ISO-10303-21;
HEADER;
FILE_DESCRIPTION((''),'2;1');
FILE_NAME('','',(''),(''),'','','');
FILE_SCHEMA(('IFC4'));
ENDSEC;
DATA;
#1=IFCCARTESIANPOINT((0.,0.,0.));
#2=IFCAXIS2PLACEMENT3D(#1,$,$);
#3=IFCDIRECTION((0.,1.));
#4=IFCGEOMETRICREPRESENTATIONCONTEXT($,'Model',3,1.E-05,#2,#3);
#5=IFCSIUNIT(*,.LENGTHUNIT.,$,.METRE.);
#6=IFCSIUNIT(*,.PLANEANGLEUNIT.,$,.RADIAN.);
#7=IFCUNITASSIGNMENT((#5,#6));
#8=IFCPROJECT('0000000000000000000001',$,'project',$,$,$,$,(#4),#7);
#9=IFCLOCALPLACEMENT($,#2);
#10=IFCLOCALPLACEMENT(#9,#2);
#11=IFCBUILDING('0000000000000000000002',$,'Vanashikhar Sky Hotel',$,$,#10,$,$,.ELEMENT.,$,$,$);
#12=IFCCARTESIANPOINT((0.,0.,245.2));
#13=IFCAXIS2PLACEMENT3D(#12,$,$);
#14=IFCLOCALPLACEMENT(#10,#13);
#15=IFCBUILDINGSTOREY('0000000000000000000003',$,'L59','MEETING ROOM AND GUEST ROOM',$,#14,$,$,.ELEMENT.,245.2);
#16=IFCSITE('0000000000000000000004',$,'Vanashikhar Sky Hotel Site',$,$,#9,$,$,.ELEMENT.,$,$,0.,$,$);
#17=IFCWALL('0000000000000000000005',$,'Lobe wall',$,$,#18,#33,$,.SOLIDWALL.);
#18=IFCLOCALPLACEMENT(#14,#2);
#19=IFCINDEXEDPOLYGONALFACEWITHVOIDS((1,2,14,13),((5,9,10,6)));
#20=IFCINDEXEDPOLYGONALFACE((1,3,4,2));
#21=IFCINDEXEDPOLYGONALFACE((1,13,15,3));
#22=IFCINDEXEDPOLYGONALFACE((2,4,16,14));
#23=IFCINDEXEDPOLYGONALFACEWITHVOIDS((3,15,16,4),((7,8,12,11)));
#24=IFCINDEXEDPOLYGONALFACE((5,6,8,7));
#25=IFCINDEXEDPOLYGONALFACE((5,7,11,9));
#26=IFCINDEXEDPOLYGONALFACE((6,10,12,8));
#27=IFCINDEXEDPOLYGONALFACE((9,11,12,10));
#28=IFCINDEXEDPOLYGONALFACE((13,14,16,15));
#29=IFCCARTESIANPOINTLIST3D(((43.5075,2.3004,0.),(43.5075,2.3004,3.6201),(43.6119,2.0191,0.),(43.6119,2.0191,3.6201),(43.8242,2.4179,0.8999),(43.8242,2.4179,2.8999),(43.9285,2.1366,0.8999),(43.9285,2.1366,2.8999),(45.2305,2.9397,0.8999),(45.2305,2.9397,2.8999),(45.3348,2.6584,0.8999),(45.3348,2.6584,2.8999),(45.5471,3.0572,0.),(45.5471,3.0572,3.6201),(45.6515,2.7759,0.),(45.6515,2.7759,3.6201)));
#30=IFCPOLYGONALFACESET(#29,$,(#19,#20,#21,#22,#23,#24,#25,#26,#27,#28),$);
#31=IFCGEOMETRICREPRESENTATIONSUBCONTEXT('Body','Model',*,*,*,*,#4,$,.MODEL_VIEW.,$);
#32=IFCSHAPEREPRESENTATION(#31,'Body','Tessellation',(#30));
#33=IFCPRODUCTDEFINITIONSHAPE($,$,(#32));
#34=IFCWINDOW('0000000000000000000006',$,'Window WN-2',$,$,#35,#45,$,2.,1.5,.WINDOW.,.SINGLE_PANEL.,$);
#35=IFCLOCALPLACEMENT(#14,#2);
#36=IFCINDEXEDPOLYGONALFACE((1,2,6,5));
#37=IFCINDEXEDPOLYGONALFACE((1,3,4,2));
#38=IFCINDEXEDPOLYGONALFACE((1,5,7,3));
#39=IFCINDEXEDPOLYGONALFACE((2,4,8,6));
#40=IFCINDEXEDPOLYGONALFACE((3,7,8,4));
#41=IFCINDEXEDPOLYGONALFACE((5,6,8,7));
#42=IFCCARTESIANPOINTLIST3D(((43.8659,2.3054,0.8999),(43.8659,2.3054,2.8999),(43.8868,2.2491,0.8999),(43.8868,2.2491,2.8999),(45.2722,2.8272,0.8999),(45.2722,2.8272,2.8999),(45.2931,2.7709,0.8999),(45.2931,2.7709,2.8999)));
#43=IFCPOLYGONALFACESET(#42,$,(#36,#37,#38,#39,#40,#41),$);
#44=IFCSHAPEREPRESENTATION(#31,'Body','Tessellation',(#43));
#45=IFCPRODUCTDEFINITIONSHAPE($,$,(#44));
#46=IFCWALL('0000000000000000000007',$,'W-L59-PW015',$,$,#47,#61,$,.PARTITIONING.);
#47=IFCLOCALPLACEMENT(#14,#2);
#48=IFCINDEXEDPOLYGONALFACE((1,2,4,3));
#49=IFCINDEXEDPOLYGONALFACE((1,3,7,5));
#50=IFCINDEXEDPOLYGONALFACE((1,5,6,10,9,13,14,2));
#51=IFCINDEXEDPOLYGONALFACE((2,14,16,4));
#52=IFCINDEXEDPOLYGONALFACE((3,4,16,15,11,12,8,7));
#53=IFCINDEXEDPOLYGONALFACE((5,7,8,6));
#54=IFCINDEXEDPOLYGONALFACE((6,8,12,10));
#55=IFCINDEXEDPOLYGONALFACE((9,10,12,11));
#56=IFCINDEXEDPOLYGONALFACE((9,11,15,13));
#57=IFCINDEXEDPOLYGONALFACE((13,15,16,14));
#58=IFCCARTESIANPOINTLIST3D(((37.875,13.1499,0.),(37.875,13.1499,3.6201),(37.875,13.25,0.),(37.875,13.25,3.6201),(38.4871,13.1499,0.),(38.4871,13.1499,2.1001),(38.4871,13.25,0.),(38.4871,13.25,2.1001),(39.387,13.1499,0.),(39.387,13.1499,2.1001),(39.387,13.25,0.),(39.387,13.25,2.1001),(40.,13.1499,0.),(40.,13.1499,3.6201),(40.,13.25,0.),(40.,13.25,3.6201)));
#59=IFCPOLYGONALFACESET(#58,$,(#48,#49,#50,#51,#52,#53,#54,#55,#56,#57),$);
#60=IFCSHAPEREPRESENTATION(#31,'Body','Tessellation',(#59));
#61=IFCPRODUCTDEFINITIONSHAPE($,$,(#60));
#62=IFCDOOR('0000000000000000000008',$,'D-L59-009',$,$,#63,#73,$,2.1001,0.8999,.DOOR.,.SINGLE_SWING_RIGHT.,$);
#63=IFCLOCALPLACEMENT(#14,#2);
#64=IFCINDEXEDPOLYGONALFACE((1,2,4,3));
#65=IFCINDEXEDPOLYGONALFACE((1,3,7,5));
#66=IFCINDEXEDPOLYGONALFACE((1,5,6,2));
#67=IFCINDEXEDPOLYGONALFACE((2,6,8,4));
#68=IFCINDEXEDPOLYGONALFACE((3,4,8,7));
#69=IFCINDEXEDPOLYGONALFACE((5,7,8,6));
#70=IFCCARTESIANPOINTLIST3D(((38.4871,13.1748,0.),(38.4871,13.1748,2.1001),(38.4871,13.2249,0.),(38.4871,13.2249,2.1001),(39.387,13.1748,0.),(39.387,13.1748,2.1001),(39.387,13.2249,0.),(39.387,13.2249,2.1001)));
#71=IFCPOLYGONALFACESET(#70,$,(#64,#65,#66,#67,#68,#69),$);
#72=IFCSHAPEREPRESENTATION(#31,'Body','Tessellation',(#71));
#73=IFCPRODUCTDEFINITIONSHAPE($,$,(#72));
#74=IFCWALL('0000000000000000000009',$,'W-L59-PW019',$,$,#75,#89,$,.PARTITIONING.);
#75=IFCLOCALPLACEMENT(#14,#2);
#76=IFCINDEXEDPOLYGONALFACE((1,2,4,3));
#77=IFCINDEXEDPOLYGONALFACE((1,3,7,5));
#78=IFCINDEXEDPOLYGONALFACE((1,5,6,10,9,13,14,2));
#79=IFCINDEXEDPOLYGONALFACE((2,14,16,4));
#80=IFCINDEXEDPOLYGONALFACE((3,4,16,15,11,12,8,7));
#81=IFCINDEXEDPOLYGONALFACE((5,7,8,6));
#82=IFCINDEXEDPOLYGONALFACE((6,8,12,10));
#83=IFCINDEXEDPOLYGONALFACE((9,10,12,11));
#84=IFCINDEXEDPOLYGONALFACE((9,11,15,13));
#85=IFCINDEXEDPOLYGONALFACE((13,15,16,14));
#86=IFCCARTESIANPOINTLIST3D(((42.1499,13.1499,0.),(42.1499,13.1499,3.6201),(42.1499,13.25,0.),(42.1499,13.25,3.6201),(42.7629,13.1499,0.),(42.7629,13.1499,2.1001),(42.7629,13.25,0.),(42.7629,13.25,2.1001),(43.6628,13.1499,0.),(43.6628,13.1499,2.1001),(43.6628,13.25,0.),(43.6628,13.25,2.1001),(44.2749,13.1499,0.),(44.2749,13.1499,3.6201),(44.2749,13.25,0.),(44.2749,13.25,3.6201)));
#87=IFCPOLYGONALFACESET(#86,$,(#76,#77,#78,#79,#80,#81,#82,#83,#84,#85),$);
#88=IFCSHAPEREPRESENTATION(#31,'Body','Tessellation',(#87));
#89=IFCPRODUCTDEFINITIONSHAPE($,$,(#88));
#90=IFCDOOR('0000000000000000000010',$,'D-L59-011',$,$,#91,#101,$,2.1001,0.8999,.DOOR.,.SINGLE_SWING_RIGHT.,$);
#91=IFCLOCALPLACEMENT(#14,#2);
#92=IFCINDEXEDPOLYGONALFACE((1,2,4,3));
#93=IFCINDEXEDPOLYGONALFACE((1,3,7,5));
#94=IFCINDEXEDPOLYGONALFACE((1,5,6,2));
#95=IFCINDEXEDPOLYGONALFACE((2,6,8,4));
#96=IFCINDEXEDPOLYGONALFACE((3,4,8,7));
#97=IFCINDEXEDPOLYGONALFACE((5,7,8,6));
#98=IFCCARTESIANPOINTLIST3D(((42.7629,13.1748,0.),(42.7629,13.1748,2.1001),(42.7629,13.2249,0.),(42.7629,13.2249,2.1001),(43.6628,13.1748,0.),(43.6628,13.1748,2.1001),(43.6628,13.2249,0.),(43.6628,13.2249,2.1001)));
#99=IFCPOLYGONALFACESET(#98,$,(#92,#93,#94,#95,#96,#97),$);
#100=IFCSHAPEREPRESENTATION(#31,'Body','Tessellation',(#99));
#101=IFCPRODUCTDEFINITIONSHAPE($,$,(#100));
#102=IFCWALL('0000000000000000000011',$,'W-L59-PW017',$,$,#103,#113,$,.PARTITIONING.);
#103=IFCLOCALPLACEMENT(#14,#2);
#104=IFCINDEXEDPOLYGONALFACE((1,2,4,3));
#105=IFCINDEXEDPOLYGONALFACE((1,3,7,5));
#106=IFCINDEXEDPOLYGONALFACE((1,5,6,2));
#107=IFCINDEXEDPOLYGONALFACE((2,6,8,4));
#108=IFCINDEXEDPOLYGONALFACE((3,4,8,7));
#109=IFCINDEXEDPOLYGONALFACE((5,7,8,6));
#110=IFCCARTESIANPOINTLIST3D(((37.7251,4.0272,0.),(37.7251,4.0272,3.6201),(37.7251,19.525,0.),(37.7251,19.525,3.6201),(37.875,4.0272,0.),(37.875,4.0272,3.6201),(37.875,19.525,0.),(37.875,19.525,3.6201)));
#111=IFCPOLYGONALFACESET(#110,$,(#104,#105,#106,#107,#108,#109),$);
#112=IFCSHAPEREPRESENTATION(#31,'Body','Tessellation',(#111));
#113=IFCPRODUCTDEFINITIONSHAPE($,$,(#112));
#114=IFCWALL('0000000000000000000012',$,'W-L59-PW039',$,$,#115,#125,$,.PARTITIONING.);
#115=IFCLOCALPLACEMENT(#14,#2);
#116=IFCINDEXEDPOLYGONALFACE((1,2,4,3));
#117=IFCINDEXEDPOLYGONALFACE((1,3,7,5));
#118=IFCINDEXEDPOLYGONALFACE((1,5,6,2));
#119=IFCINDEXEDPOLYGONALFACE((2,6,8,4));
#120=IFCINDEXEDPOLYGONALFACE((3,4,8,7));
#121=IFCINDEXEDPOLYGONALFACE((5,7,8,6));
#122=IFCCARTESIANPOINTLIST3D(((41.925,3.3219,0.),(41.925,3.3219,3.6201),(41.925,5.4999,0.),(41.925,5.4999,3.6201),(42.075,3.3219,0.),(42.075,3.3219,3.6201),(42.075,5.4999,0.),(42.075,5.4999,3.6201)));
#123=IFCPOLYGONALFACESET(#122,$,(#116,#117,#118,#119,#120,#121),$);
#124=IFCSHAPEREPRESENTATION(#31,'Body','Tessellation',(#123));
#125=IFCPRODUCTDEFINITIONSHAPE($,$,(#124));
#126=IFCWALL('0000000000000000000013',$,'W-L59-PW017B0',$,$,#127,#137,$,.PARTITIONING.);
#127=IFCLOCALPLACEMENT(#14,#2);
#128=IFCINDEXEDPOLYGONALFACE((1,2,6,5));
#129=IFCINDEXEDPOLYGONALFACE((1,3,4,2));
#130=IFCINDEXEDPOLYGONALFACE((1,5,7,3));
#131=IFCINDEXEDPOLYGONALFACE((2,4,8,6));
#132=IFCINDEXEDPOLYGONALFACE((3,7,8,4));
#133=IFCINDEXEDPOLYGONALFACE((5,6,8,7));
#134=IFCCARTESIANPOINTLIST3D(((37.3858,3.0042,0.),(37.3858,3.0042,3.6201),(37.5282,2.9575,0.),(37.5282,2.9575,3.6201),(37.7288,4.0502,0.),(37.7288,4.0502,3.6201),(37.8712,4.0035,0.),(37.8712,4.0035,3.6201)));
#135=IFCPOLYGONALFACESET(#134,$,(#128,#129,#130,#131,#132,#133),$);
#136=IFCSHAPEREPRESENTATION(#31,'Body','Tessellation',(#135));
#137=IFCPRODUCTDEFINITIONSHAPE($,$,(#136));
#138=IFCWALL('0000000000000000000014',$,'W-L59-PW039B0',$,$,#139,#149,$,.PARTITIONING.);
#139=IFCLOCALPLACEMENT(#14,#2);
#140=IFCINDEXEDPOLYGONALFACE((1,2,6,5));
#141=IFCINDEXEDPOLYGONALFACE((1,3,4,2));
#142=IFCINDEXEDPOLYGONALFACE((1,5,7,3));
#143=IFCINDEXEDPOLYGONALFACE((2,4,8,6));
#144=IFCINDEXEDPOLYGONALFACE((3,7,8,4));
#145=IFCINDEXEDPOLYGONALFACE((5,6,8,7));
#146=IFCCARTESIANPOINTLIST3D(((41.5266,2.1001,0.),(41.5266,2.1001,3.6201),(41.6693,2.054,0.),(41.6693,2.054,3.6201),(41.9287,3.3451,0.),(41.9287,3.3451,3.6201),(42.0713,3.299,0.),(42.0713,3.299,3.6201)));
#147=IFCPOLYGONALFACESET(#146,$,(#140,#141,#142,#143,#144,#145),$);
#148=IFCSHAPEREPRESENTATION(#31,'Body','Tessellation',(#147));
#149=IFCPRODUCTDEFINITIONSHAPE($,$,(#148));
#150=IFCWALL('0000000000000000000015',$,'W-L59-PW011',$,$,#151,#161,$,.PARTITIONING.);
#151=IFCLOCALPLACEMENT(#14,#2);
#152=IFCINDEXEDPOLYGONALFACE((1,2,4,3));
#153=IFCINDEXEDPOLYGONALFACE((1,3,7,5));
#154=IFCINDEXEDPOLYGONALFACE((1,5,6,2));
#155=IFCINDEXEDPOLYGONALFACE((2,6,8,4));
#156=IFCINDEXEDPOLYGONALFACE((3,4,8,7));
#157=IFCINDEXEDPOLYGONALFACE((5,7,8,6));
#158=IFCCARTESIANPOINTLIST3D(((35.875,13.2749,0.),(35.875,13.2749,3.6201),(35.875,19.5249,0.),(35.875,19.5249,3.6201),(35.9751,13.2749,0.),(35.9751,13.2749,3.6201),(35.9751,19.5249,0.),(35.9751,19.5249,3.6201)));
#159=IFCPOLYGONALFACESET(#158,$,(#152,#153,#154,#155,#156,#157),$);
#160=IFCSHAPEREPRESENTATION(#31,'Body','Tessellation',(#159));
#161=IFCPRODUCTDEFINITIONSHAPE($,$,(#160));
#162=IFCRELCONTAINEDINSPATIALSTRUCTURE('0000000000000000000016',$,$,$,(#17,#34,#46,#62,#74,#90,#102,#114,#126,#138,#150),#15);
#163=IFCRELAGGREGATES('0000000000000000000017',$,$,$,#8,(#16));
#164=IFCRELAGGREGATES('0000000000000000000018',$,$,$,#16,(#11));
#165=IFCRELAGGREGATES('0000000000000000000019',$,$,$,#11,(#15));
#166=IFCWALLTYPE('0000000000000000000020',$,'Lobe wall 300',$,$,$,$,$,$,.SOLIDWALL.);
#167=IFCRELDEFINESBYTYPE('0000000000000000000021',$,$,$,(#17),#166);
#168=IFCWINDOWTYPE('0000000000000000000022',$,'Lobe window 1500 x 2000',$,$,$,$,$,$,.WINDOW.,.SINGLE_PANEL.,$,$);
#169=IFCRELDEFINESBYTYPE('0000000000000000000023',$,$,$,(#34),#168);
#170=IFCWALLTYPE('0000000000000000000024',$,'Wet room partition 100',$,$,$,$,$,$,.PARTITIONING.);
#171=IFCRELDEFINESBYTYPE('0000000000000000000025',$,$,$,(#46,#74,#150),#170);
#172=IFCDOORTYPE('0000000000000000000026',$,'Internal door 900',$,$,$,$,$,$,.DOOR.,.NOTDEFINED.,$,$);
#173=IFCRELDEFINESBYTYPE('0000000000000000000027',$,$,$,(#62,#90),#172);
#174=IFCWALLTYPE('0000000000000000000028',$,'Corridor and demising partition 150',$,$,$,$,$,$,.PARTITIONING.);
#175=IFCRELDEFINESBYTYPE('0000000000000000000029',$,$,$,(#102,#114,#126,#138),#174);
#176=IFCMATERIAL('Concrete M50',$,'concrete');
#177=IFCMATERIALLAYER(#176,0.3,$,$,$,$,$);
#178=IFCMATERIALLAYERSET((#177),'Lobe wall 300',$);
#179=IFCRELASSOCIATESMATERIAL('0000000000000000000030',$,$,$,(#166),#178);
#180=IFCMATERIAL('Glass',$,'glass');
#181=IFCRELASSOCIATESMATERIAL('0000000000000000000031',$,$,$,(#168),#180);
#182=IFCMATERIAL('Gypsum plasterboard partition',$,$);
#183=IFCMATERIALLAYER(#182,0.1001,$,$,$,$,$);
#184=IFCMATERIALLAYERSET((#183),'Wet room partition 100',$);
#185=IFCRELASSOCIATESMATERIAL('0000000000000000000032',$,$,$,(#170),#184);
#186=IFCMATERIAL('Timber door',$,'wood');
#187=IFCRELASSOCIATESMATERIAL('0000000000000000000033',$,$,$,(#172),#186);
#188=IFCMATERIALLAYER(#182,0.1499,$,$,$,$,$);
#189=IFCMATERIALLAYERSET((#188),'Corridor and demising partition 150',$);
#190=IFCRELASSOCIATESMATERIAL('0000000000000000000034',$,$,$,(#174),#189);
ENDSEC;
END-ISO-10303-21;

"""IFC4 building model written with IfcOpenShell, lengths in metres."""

from ifc_helpers import new_model, si_unit, direction, frame, frame_2d, origin, place, context, subcontext, project, spatial, rectangle, extrude, source, transform, mapped, material, layer, layer_set, type_object, element, fill, save


model = new_model("IFC4")

# Units and contexts
model_context = context("Model", 3, precision=1e-05, world=origin(), true_north=direction((0.0, 1.0)))
body_context = subcontext(model_context, "Body", "Model", "MODEL_VIEW")
ifc_project = project(units=[si_unit("LENGTHUNIT", "METRE"), si_unit("PLANEANGLEUNIT", "RADIAN")], contexts=[model_context])

# Site, building, storey
site_placement = place(None, origin())
site = spatial("IfcSite", under=ifc_project, at=site_placement, Name="Vanashikhar Sky Hotel Site", CompositionType="ELEMENT", RefElevation=0.0)
building_placement = place(site_placement, origin())
building = spatial("IfcBuilding", under=site, at=building_placement, Name="Vanashikhar Sky Hotel", CompositionType="ELEMENT")
storey_placement = place(building_placement, frame((0.0, 0.0, 245.2)))
storey = spatial("IfcBuildingStorey", under=building, at=storey_placement, Name="L59", Description="MEETING ROOM AND GUEST ROOM", CompositionType="ELEMENT", Elevation=245.2)

# Shared definitions
ifc_material_1 = material(Name="Concrete M50", Category="concrete")

# Wall, opening, window
ifc_layer_1 = layer(ifc_material_1, 0.3)
ifc_layer_set_1 = layer_set([ifc_layer_1], Name="Lobe wall 300")
wall_type_1 = type_object("IfcWallType", Name="Lobe wall 300", PredefinedType="SOLIDWALL", material=ifc_layer_set_1)
shared_shape_1 = source(origin(), body_context, "Body", "SweptSolid", [
    extrude(rectangle(XDim=1.5, YDim=2.0, at=frame_2d((0.75, 1.0))), frame((0.0, 0.1602, 0.0), z_axis=(0.0, -1.0, 0.0), x_axis=(1.0, 0.0, 0.0)), (0.0, 0.0, 1.0), 0.3201),
])
ifc_material_2 = material(Name="Glass", Category="glass")
window_type = type_object("IfcWindowType", Name="Lobe window 1500 x 2000", PartitioningType="SINGLE_PANEL", PredefinedType="WINDOW", material=ifc_material_2)
shared_shape_2 = source(origin(), body_context, "Body", "SweptSolid", [
    extrude(rectangle(XDim=1.5, YDim=2.0, at=frame_2d((0.75, 1.0))), frame((0.0, 0.03, 0.0), z_axis=(0.0, -1.0, 0.0), x_axis=(1.0, 0.0, 0.0)), (0.0, 0.0, 1.0), 0.0601),
])
shared_shape_3 = source(origin(), body_context, "Body", "SweptSolid", [
    extrude(rectangle(XDim=2.1755, YDim=0.3, at=frame_2d((1.0879, 0.0))), origin(), (0.0, 0.0, 1.0), 3.6201),
])
wall_1_placement = place(storey_placement, frame((43.5596, 2.1597, 0.0), z_axis=(0.0, 0.0, 1.0), x_axis=(0.937532, 0.347899, 0.0)))
wall_1 = element("IfcWall", 1, at=wall_1_placement, inside=storey, type_object=wall_type_1, Name="Lobe wall", PredefinedType="SOLIDWALL", context=body_context, shape_type="MappedRepresentation", body=[
    mapped(shared_shape_3, transform((0.0, 0.0, 0.0), scale=1.0)),
])
opening_1_placement = place(wall_1_placement, frame((0.3379, 0.0, 0.8999)))
opening_1 = element("IfcOpeningElement", 2, at=opening_1_placement, cuts=wall_1, PredefinedType="OPENING", context=body_context, shape_type="MappedRepresentation", body=[
    mapped(shared_shape_1, transform((0.0, 0.0, 0.0), scale=1.0)),
])
window_1_placement = place(opening_1_placement, origin())
window_1 = element("IfcWindow", 3, at=window_1_placement, inside=storey, type_object=window_type, Name="Window WN-2", OverallHeight=2.0, OverallWidth=1.5, PartitioningType="SINGLE_PANEL", PredefinedType="WINDOW", context=body_context, shape_type="MappedRepresentation", body=[
    mapped(shared_shape_2, transform((0.0, 0.0, 0.0), scale=1.0)),
])
fill(opening_1, window_1)

# Walls, openings, doors
ifc_material_3 = material(Name="Gypsum plasterboard partition")
ifc_layer_2 = layer(ifc_material_3, 0.1001)
ifc_layer_set_2 = layer_set([ifc_layer_2], Name="Wet room partition 100")
wall_type_2 = type_object("IfcWallType", Name="Wet room partition 100", PredefinedType="PARTITIONING", material=ifc_layer_set_2)
shared_shape_4 = source(origin(), body_context, "Body", "SweptSolid", [
    extrude(rectangle(XDim=2.125, YDim=0.1001, at=frame_2d((1.0625, 0.0))), origin(), (0.0, 0.0, 1.0), 3.6201),
])
wall_2_placement = place(storey_placement, frame((37.875, 13.2, 0.0), z_axis=(0.0, 0.0, 1.0), x_axis=(1.0, 0.0, 0.0)))
wall_2 = element("IfcWall", 4, at=wall_2_placement, inside=storey, type_object=wall_type_2, Name="W-L59-PW015", PredefinedType="PARTITIONING", context=body_context, shape_type="MappedRepresentation", body=[
    mapped(shared_shape_4, transform((0.0, 0.0, 0.0), scale=1.0)),
])
shared_shape_5 = source(origin(), body_context, "Body", "SweptSolid", [
    extrude(rectangle(XDim=0.8999, YDim=2.1001, at=frame_2d((0.45, 1.05))), frame((0.0, 0.0601, 0.0), z_axis=(0.0, -1.0, 0.0), x_axis=(1.0, 0.0, 0.0)), (0.0, 0.0, 1.0), 0.1201),
])
opening_2_placement = place(wall_2_placement, frame((0.6121, 0.0, 0.0)))
opening_2 = element("IfcOpeningElement", 5, at=opening_2_placement, cuts=wall_2, PredefinedType="OPENING", context=body_context, shape_type="MappedRepresentation", body=[
    mapped(shared_shape_5, transform((0.0, 0.0, 0.0), scale=1.0)),
])
ifc_material_4 = material(Name="Timber door", Category="wood")
door_type = type_object("IfcDoorType", Name="Internal door 900", OperationType="NOTDEFINED", PredefinedType="DOOR", material=ifc_material_4)
shared_shape_6 = source(origin(), body_context, "Body", "SweptSolid", [
    extrude(rectangle(XDim=0.8999, YDim=2.1001, at=frame_2d((0.45, 1.05))), frame((0.0, 0.0249, 0.0), z_axis=(0.0, -1.0, 0.0), x_axis=(1.0, 0.0, 0.0)), (0.0, 0.0, 1.0), 0.05),
])
door_1_placement = place(opening_2_placement, origin())
door_1 = element("IfcDoor", 6, at=door_1_placement, inside=storey, type_object=door_type, Name="D-L59-009", OperationType="SINGLE_SWING_RIGHT", OverallHeight=2.1001, OverallWidth=0.8999, PredefinedType="DOOR", context=body_context, shape_type="MappedRepresentation", body=[
    mapped(shared_shape_6, transform((0.0, 0.0, 0.0), scale=1.0)),
])
fill(opening_2, door_1)
wall_3_placement = place(storey_placement, frame((42.1499, 13.2, 0.0), z_axis=(0.0, 0.0, 1.0), x_axis=(1.0, 0.0, 0.0)))
wall_3 = element("IfcWall", 7, at=wall_3_placement, inside=storey, type_object=wall_type_2, Name="W-L59-PW019", PredefinedType="PARTITIONING", context=body_context, shape_type="MappedRepresentation", body=[
    mapped(shared_shape_4, transform((0.0, 0.0, 0.0), scale=1.0)),
])
opening_3_placement = place(wall_3_placement, frame((0.613, 0.0, 0.0)))
opening_3 = element("IfcOpeningElement", 8, at=opening_3_placement, cuts=wall_3, PredefinedType="OPENING", context=body_context, shape_type="MappedRepresentation", body=[
    mapped(shared_shape_5, transform((0.0, 0.0, 0.0), scale=1.0)),
])
door_2_placement = place(opening_3_placement, origin())
door_2 = element("IfcDoor", 9, at=door_2_placement, inside=storey, type_object=door_type, Name="D-L59-011", OperationType="SINGLE_SWING_RIGHT", OverallHeight=2.1001, OverallWidth=0.8999, PredefinedType="DOOR", context=body_context, shape_type="MappedRepresentation", body=[
    mapped(shared_shape_6, transform((0.0, 0.0, 0.0), scale=1.0)),
])
fill(opening_3, door_2)

# Walls
ifc_layer_3 = layer(ifc_material_3, 0.1499)
ifc_layer_set_3 = layer_set([ifc_layer_3], Name="Corridor and demising partition 150")
wall_type_3 = type_object("IfcWallType", Name="Corridor and demising partition 150", PredefinedType="PARTITIONING", material=ifc_layer_set_3)
shared_shape_7 = source(origin(), body_context, "Body", "SweptSolid", [
    extrude(rectangle(XDim=15.4978, YDim=0.1499, at=frame_2d((7.749, 0.0))), origin(), (0.0, 0.0, 1.0), 3.6201),
])
wall_4_placement = place(storey_placement, frame((37.8, 4.0271, 0.0), z_axis=(0.0, 0.0, 1.0), x_axis=(0.0, 1.0, 0.0)))
element("IfcWall", 10, at=wall_4_placement, inside=storey, type_object=wall_type_3, Name="W-L59-PW017", PredefinedType="PARTITIONING", context=body_context, shape_type="MappedRepresentation", body=[
    mapped(shared_shape_7, transform((0.0, 0.0, 0.0), scale=1.0)),
])
shared_shape_8 = source(origin(), body_context, "Body", "SweptSolid", [
    extrude(rectangle(XDim=2.178, YDim=0.1499, at=frame_2d((1.0889, 0.0))), origin(), (0.0, 0.0, 1.0), 3.6201),
])
wall_5_placement = place(storey_placement, frame((42.0, 3.322, 0.0), z_axis=(0.0, 0.0, 1.0), x_axis=(0.0, 1.0, 0.0)))
element("IfcWall", 11, at=wall_5_placement, inside=storey, type_object=wall_type_3, Name="W-L59-PW039", PredefinedType="PARTITIONING", context=body_context, shape_type="MappedRepresentation", body=[
    mapped(shared_shape_8, transform((0.0, 0.0, 0.0), scale=1.0)),
])
shared_shape_9 = source(origin(), body_context, "Body", "SweptSolid", [
    extrude(rectangle(XDim=1.1008, YDim=0.1499, at=frame_2d((0.5503, 0.0))), origin(), (0.0, 0.0, 1.0), 3.6201),
])
wall_6_placement = place(storey_placement, frame((37.457, 2.981, 0.0), z_axis=(0.0, 0.0, 1.0), x_axis=(0.311567, 0.950224, 0.0)))
element("IfcWall", 12, at=wall_6_placement, inside=storey, type_object=wall_type_3, Name="W-L59-PW017B0", PredefinedType="PARTITIONING", context=body_context, shape_type="MappedRepresentation", body=[
    mapped(shared_shape_9, transform((0.0, 0.0, 0.0), scale=1.0)),
])
shared_shape_10 = source(origin(), body_context, "Body", "SweptSolid", [
    extrude(rectangle(XDim=1.3083, YDim=0.1499, at=frame_2d((0.6543, 0.0))), origin(), (0.0, 0.0, 1.0), 3.6201),
])
wall_7_placement = place(storey_placement, frame((41.5979, 2.0769, 0.0), z_axis=(0.0, 0.0, 1.0), x_axis=(0.307314, 0.951608, 0.0)))
element("IfcWall", 13, at=wall_7_placement, inside=storey, type_object=wall_type_3, Name="W-L59-PW039B0", PredefinedType="PARTITIONING", context=body_context, shape_type="MappedRepresentation", body=[
    mapped(shared_shape_10, transform((0.0, 0.0, 0.0), scale=1.0)),
])
shared_shape_11 = source(origin(), body_context, "Body", "SweptSolid", [
    extrude(rectangle(XDim=6.25, YDim=0.1001, at=frame_2d((3.125, 0.0))), origin(), (0.0, 0.0, 1.0), 3.6201),
])
for number, where, z_axis, x_axis, name in (
    (14, (35.925, 13.2749, 0.0), (0.0, 0.0, 1.0), (0.0, 1.0, 0.0), "W-L59-PW011"),
):
    element("IfcWall", number, at=place(storey_placement, frame(where, z_axis=z_axis, x_axis=x_axis)), inside=storey, type_object=wall_type_2, Name=name, PredefinedType="PARTITIONING", context=body_context, shape_type="MappedRepresentation", body=[
        mapped(shared_shape_11, transform((0.0, 0.0, 0.0), scale=1.0)),
    ])

save(model, "model.ifc")
